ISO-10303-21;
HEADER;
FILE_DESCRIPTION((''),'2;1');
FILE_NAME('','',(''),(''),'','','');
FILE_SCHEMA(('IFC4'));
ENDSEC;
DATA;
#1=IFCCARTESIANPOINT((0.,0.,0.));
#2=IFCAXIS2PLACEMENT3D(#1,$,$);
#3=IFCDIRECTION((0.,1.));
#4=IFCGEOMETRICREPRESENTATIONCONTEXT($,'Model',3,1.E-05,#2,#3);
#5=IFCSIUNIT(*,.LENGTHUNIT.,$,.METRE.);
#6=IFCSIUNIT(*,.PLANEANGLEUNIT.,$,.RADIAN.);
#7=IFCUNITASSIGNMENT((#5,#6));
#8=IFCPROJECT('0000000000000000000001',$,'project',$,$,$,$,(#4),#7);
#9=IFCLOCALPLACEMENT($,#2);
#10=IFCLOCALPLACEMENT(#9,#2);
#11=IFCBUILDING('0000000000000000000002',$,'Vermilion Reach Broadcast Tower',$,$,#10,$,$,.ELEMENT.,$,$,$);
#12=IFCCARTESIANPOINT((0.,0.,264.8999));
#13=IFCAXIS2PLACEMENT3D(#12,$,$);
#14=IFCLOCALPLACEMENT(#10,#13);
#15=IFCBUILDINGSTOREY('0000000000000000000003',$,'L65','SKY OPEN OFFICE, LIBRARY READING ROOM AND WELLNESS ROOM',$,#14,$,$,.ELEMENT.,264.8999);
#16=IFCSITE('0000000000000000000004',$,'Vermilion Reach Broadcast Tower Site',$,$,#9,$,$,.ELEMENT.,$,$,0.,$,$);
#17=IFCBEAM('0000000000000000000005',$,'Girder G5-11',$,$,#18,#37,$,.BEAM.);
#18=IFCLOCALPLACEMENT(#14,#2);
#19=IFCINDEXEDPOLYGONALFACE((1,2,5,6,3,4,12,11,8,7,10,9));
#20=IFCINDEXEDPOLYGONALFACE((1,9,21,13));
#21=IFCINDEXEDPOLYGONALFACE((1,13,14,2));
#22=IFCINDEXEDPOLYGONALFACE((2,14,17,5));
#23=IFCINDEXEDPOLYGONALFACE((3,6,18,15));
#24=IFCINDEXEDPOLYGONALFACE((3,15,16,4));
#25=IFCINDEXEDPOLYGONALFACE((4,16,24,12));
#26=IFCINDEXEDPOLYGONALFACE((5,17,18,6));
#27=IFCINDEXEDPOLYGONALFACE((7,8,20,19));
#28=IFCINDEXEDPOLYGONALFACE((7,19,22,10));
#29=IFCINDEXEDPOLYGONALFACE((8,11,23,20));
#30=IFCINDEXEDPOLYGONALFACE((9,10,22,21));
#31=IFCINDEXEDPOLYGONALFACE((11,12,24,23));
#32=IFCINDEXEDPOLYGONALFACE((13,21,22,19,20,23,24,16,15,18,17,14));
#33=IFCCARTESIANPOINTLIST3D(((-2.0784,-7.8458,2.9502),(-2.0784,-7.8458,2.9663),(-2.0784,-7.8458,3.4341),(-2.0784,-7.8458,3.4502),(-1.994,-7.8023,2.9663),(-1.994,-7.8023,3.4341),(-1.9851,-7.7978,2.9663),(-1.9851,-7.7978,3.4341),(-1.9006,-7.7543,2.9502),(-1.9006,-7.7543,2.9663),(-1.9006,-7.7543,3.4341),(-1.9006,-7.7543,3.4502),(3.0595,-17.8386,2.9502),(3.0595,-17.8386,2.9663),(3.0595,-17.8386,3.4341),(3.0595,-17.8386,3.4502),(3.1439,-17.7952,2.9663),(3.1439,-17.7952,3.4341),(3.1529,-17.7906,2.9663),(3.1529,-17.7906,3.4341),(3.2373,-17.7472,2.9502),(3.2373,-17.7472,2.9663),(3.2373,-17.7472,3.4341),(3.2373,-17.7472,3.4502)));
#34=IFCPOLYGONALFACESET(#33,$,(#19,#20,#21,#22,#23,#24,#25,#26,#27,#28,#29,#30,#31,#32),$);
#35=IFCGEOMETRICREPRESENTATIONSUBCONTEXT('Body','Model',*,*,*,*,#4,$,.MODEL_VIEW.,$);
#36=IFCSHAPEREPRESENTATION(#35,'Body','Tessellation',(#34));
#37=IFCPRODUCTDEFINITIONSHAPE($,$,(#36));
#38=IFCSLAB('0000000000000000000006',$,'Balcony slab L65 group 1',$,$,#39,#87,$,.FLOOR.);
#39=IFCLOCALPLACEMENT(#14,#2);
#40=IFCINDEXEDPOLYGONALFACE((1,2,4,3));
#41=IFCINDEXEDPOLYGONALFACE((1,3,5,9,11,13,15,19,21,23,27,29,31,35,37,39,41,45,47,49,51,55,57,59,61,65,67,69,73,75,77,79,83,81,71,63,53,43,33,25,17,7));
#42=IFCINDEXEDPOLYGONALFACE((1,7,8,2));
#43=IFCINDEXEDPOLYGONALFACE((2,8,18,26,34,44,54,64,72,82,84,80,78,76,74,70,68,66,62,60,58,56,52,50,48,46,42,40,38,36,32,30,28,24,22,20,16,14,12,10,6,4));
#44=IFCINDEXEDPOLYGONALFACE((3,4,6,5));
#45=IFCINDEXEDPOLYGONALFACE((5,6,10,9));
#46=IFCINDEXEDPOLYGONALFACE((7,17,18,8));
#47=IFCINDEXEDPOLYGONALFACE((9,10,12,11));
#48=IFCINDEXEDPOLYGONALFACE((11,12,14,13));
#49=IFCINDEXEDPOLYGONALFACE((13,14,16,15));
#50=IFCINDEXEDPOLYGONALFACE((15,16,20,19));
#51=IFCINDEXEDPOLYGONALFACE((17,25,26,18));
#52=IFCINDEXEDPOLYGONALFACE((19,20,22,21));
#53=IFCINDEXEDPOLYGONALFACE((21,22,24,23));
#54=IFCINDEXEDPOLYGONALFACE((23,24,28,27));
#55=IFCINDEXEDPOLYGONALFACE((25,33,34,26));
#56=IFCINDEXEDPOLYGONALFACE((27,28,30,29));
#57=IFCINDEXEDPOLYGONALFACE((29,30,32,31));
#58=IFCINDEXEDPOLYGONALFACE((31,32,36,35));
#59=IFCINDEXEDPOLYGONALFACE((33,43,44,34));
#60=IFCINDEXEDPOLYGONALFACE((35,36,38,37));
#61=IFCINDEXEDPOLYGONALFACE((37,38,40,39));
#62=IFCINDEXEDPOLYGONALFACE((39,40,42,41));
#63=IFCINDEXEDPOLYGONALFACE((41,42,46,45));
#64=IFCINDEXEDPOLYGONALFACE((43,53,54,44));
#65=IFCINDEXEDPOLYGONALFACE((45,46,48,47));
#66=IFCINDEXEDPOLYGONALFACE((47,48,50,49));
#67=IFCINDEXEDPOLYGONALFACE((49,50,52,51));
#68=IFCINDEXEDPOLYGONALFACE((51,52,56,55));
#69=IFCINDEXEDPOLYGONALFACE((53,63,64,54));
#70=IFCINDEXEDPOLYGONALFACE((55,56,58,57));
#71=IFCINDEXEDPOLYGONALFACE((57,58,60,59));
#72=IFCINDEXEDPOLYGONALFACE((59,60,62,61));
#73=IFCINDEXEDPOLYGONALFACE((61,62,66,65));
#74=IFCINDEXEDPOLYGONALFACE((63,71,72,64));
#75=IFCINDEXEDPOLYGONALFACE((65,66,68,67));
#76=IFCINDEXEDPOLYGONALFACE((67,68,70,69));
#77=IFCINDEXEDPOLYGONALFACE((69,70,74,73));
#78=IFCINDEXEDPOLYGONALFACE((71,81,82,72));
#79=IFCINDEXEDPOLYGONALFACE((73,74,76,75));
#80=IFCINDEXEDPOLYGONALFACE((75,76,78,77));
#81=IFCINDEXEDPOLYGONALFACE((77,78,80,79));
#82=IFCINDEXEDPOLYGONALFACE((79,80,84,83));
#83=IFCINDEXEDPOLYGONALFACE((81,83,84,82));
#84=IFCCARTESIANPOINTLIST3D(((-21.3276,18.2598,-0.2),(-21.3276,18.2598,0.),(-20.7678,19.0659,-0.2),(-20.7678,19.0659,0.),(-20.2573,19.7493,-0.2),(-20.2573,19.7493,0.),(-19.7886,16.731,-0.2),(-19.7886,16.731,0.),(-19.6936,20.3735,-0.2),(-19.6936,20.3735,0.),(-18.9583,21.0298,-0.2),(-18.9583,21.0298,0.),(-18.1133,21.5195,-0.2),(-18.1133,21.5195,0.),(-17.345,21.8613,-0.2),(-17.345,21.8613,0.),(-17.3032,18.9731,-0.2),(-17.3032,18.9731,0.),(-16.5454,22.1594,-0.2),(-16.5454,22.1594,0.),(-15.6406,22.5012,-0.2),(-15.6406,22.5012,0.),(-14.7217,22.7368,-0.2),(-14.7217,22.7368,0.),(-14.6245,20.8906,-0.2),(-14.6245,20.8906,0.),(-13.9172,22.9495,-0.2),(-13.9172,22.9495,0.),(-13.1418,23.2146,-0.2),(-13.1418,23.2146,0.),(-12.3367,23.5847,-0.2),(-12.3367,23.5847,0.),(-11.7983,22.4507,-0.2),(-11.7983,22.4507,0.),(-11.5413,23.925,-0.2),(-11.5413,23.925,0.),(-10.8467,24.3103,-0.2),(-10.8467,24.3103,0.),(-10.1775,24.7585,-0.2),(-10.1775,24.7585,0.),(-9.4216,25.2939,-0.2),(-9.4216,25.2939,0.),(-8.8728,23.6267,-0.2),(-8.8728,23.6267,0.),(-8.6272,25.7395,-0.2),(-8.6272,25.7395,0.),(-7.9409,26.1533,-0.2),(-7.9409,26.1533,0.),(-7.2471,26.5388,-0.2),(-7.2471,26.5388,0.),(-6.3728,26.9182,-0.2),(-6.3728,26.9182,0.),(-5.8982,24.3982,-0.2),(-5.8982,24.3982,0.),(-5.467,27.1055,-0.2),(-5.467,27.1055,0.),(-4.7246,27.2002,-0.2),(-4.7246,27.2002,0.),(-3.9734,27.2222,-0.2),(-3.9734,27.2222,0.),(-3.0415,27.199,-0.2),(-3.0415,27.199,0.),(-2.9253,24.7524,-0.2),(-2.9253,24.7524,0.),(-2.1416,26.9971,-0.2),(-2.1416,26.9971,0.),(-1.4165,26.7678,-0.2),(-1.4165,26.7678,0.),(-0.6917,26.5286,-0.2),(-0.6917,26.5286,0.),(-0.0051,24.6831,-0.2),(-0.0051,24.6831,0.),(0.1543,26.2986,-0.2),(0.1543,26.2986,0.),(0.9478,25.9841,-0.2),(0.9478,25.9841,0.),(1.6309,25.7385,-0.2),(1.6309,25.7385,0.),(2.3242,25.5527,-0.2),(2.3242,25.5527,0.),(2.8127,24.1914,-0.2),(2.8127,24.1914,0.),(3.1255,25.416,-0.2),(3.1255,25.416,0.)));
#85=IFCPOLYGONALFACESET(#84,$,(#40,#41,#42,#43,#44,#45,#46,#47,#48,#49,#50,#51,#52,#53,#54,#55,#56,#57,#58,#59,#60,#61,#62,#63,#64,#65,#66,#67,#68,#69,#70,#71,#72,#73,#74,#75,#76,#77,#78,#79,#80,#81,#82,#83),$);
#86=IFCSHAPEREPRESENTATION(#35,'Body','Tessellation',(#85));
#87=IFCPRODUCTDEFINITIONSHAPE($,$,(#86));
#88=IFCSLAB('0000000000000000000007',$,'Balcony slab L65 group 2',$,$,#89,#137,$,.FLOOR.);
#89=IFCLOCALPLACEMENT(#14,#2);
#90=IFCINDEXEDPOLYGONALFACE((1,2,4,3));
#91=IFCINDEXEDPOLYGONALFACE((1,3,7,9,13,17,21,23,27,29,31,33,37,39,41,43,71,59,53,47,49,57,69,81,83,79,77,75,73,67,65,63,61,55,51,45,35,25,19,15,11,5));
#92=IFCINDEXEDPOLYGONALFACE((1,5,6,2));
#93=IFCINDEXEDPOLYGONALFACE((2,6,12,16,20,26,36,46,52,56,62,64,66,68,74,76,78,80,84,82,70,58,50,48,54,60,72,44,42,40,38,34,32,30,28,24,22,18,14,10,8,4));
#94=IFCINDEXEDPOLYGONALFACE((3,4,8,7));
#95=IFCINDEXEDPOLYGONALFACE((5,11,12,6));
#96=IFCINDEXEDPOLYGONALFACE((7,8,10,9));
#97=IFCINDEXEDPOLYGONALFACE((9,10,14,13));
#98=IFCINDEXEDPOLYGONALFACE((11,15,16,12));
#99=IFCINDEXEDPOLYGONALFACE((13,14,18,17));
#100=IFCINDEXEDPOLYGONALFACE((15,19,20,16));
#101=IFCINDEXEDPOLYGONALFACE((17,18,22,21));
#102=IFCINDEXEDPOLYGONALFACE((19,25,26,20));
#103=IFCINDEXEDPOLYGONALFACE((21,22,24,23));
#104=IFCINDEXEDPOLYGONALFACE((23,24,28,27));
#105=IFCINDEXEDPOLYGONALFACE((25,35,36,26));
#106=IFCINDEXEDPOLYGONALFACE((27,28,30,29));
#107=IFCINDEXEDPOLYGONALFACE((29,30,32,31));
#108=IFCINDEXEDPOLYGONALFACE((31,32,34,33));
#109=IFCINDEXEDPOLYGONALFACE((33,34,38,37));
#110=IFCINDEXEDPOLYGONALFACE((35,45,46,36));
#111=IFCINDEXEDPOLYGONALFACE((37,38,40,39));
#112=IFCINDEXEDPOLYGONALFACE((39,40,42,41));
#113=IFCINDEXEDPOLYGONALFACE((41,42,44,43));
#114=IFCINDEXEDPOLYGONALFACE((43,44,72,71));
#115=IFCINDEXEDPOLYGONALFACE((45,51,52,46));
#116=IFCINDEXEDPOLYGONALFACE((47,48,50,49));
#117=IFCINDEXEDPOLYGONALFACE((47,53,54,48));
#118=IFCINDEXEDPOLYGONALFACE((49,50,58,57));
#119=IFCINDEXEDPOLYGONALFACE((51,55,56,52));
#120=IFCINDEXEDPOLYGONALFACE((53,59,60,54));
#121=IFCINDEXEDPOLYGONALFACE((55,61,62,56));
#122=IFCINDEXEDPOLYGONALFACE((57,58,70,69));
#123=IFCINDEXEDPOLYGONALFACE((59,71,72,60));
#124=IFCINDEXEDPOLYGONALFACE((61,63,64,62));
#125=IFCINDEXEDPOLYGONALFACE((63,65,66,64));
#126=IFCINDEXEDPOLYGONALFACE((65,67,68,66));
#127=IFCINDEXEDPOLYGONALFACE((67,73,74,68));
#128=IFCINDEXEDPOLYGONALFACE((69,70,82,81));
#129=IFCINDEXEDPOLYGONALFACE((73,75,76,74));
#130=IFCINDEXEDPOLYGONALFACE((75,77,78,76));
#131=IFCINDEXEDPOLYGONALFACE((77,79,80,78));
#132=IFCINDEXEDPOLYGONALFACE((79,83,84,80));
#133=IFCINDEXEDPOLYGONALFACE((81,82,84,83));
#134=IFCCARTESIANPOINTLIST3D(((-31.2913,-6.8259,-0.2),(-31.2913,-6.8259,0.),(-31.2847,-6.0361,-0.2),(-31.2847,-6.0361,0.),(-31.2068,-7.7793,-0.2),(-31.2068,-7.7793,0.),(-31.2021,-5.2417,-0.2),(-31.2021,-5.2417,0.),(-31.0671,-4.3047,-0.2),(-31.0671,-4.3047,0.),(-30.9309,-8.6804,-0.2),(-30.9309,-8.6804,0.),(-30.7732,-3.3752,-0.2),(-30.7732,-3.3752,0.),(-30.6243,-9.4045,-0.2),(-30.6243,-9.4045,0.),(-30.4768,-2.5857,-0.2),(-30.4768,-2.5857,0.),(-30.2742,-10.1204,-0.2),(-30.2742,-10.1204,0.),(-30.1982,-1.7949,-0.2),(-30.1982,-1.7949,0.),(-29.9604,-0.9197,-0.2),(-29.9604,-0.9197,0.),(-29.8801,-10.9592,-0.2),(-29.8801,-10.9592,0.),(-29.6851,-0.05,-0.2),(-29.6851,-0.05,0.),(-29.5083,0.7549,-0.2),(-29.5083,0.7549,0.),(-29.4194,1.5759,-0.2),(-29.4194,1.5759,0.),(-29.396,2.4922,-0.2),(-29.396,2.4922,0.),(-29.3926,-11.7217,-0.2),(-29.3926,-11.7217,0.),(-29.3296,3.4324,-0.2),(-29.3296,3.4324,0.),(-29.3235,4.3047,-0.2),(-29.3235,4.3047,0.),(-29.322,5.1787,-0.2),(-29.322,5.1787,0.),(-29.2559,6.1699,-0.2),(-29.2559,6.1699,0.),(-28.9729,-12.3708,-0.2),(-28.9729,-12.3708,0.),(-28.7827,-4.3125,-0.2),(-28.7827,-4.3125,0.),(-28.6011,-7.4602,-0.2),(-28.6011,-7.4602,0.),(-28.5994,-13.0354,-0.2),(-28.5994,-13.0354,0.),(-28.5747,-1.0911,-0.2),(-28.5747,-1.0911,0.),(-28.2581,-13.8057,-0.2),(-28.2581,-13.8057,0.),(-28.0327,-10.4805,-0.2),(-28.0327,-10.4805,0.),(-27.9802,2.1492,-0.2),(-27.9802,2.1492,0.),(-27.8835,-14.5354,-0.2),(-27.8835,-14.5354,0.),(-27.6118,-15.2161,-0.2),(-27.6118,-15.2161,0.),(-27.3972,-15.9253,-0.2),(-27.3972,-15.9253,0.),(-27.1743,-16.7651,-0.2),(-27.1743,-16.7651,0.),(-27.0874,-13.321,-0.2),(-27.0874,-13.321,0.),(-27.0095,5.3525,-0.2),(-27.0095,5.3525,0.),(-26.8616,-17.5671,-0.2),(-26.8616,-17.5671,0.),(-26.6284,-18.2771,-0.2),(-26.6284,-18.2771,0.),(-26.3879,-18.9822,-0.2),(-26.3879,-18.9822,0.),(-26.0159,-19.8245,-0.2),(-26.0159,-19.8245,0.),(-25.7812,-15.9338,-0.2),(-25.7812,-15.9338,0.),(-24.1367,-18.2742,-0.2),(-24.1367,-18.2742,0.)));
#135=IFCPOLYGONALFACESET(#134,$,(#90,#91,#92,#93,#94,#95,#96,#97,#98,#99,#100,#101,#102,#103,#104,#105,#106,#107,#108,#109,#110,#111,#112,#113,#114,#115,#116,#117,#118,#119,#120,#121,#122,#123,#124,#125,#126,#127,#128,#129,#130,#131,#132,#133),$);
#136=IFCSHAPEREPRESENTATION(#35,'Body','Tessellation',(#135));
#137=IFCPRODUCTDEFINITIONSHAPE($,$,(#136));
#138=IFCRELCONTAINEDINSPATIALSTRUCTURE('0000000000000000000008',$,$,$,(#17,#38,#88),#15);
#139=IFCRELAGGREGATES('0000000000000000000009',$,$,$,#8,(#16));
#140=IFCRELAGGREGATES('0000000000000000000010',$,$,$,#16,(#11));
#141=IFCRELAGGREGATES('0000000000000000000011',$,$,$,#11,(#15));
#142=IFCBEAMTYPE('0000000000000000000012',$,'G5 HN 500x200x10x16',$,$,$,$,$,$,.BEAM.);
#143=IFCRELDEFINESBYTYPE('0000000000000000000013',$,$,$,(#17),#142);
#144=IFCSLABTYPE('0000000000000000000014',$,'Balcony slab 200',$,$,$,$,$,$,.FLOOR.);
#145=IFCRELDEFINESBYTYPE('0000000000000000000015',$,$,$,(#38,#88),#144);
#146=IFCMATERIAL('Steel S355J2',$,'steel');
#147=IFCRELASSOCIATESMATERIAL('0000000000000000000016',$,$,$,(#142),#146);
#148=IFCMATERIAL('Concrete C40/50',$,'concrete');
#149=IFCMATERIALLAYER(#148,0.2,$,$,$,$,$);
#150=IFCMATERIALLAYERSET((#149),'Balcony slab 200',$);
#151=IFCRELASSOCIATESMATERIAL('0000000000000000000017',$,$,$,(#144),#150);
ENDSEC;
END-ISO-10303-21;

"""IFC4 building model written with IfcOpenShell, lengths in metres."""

from ifc_helpers import new_model, si_unit, direction, frame, origin, origin_2d, place, context, subcontext, project, spatial, polyline, i_section, outline, extrude, material, layer, layer_set, material_profile, profile_set, type_object, element, save


model = new_model("IFC4")

# Units and contexts
model_context = context("Model", 3, precision=1e-05, world=origin(), true_north=direction((0.0, 1.0)))
body_context = subcontext(model_context, "Body", "Model", "MODEL_VIEW")
ifc_project = project(units=[si_unit("LENGTHUNIT", "METRE"), si_unit("PLANEANGLEUNIT", "RADIAN")], contexts=[model_context])

# Site, building, storey
site_placement = place(None, origin())
site = spatial("IfcSite", under=ifc_project, at=site_placement, Name="Vermilion Reach Broadcast Tower Site", CompositionType="ELEMENT", RefElevation=0.0)
building_placement = place(site_placement, origin())
building = spatial("IfcBuilding", under=site, at=building_placement, Name="Vermilion Reach Broadcast Tower", CompositionType="ELEMENT")
storey_placement = place(building_placement, frame((0.0, 0.0, 264.8999)))
storey = spatial("IfcBuildingStorey", under=building, at=storey_placement, Name="L65", Description="SKY OPEN OFFICE, LIBRARY READING ROOM AND WELLNESS ROOM", CompositionType="ELEMENT", Elevation=264.8999)

# Beam
ifc_material_1 = material(Name="Steel S355J2", Category="steel")
ifc_material_profile = material_profile(ifc_material_1, i_section(OverallWidth=0.2, OverallDepth=0.5, WebThickness=0.01, FlangeThickness=0.0161, at=origin_2d()), Name="S355J2 HN 500x200x10x16")
ifc_profile_set = profile_set([ifc_material_profile], Name="Steel S355J2")
beam_type = type_object("IfcBeamType", Name="G5 HN 500x200x10x16", PredefinedType="BEAM", material=ifc_profile_set)
beam_placement = place(storey_placement, frame((-1.9895, -7.8, 3.2002), z_axis=(0.457258, -0.889334, 0.0), x_axis=(0.889334, 0.457258, 0.0)))
element("IfcBeam", 1, at=beam_placement, inside=storey, type_object=beam_type, Name="Girder G5-11", PredefinedType="BEAM", context=body_context, shape_type="SweptSolid", body=[
    extrude(i_section(OverallWidth=0.2, OverallDepth=0.5, WebThickness=0.01, FlangeThickness=0.0161, at=origin_2d()), origin(), (0.0, 0.0, 1.0), 11.2363),
])

# Slabs
ifc_material_2 = material(Name="Concrete C40/50", Category="concrete")
ifc_layer_1 = layer(ifc_material_2, 0.2)
ifc_layer_set_1 = layer_set([ifc_layer_1], Name="Balcony slab 200")
slab_type_1 = type_object("IfcSlabType", Name="Balcony slab 200", PredefinedType="FLOOR", material=ifc_layer_set_1)
placement_1 = place(storey_placement, frame((0.0, 0.0, -0.2)))
element("IfcSlab", 2, at=placement_1, inside=storey, type_object=slab_type_1, Name="Balcony slab L65 group 1", PredefinedType="FLOOR", context=body_context, shape_type="SweptSolid", body=[
    extrude(outline(polyline([(2.8127, 24.1914), (-0.0051, 24.6831), (-2.9253, 24.7524), (-5.8982, 24.3982), (-8.8728, 23.6267), (-11.7983, 22.4507), (-14.6245, 20.8906), (-17.3032, 18.9731), (-19.7886, 16.731), (-21.3276, 18.2598), (-20.7678, 19.0659), (-20.2573, 19.7493), (-19.6936, 20.3735), (-18.9583, 21.0298), (-18.1133, 21.5195), (-17.345, 21.8613), (-16.5454, 22.1594), (-15.6406, 22.5012), (-14.7217, 22.7368), (-13.9172, 22.9495), (-13.1418, 23.2146), (-12.3367, 23.5847), (-11.5413, 23.925), (-10.8467, 24.3103), (-10.1775, 24.7585), (-9.4216, 25.2939), (-8.6272, 25.7395), (-7.9409, 26.1533), (-7.2471, 26.5388), (-6.3728, 26.9182), (-5.467, 27.1055), (-4.7246, 27.2002), (-3.9734, 27.2222), (-3.0415, 27.199), (-2.1416, 26.9971), (-1.4165, 26.7678), (-0.6917, 26.5286), (0.1543, 26.2986), (0.9478, 25.9841), (1.6309, 25.7385), (2.3242, 25.5527), (3.1255, 25.416), (2.8127, 24.1914)])), origin(), (0.0, 0.0, 1.0), 0.2),
])
element("IfcSlab", 3, at=placement_1, inside=storey, type_object=slab_type_1, Name="Balcony slab L65 group 2", PredefinedType="FLOOR", context=body_context, shape_type="SweptSolid", body=[
    extrude(outline(polyline([(-27.0095, 5.3525), (-27.9802, 2.1492), (-28.5747, -1.0911), (-28.7827, -4.3125), (-28.6011, -7.4602), (-28.0327, -10.4805), (-27.0874, -13.321), (-25.7812, -15.9338), (-24.1367, -18.2742), (-26.0159, -19.8245), (-26.3879, -18.9822), (-26.6284, -18.2771), (-26.8616, -17.5671), (-27.1743, -16.7651), (-27.3972, -15.9253), (-27.6118, -15.2161), (-27.8835, -14.5354), (-28.2581, -13.8057), (-28.5994, -13.0354), (-28.9729, -12.3708), (-29.3926, -11.7217), (-29.8801, -10.9592), (-30.2742, -10.1204), (-30.6243, -9.4045), (-30.9309, -8.6804), (-31.2068, -7.7793), (-31.2913, -6.8259), (-31.2847, -6.0361), (-31.2021, -5.2417), (-31.0671, -4.3047), (-30.7732, -3.3752), (-30.4768, -2.5857), (-30.1982, -1.7949), (-29.9604, -0.9197), (-29.6851, -0.05), (-29.5083, 0.7549), (-29.4194, 1.5759), (-29.396, 2.4922), (-29.3296, 3.4324), (-29.3235, 4.3047), (-29.322, 5.1787), (-29.2559, 6.1699), (-27.0095, 5.3525)])), origin(), (0.0, 0.0, 1.0), 0.2),
])

save(model, "model.ifc")
